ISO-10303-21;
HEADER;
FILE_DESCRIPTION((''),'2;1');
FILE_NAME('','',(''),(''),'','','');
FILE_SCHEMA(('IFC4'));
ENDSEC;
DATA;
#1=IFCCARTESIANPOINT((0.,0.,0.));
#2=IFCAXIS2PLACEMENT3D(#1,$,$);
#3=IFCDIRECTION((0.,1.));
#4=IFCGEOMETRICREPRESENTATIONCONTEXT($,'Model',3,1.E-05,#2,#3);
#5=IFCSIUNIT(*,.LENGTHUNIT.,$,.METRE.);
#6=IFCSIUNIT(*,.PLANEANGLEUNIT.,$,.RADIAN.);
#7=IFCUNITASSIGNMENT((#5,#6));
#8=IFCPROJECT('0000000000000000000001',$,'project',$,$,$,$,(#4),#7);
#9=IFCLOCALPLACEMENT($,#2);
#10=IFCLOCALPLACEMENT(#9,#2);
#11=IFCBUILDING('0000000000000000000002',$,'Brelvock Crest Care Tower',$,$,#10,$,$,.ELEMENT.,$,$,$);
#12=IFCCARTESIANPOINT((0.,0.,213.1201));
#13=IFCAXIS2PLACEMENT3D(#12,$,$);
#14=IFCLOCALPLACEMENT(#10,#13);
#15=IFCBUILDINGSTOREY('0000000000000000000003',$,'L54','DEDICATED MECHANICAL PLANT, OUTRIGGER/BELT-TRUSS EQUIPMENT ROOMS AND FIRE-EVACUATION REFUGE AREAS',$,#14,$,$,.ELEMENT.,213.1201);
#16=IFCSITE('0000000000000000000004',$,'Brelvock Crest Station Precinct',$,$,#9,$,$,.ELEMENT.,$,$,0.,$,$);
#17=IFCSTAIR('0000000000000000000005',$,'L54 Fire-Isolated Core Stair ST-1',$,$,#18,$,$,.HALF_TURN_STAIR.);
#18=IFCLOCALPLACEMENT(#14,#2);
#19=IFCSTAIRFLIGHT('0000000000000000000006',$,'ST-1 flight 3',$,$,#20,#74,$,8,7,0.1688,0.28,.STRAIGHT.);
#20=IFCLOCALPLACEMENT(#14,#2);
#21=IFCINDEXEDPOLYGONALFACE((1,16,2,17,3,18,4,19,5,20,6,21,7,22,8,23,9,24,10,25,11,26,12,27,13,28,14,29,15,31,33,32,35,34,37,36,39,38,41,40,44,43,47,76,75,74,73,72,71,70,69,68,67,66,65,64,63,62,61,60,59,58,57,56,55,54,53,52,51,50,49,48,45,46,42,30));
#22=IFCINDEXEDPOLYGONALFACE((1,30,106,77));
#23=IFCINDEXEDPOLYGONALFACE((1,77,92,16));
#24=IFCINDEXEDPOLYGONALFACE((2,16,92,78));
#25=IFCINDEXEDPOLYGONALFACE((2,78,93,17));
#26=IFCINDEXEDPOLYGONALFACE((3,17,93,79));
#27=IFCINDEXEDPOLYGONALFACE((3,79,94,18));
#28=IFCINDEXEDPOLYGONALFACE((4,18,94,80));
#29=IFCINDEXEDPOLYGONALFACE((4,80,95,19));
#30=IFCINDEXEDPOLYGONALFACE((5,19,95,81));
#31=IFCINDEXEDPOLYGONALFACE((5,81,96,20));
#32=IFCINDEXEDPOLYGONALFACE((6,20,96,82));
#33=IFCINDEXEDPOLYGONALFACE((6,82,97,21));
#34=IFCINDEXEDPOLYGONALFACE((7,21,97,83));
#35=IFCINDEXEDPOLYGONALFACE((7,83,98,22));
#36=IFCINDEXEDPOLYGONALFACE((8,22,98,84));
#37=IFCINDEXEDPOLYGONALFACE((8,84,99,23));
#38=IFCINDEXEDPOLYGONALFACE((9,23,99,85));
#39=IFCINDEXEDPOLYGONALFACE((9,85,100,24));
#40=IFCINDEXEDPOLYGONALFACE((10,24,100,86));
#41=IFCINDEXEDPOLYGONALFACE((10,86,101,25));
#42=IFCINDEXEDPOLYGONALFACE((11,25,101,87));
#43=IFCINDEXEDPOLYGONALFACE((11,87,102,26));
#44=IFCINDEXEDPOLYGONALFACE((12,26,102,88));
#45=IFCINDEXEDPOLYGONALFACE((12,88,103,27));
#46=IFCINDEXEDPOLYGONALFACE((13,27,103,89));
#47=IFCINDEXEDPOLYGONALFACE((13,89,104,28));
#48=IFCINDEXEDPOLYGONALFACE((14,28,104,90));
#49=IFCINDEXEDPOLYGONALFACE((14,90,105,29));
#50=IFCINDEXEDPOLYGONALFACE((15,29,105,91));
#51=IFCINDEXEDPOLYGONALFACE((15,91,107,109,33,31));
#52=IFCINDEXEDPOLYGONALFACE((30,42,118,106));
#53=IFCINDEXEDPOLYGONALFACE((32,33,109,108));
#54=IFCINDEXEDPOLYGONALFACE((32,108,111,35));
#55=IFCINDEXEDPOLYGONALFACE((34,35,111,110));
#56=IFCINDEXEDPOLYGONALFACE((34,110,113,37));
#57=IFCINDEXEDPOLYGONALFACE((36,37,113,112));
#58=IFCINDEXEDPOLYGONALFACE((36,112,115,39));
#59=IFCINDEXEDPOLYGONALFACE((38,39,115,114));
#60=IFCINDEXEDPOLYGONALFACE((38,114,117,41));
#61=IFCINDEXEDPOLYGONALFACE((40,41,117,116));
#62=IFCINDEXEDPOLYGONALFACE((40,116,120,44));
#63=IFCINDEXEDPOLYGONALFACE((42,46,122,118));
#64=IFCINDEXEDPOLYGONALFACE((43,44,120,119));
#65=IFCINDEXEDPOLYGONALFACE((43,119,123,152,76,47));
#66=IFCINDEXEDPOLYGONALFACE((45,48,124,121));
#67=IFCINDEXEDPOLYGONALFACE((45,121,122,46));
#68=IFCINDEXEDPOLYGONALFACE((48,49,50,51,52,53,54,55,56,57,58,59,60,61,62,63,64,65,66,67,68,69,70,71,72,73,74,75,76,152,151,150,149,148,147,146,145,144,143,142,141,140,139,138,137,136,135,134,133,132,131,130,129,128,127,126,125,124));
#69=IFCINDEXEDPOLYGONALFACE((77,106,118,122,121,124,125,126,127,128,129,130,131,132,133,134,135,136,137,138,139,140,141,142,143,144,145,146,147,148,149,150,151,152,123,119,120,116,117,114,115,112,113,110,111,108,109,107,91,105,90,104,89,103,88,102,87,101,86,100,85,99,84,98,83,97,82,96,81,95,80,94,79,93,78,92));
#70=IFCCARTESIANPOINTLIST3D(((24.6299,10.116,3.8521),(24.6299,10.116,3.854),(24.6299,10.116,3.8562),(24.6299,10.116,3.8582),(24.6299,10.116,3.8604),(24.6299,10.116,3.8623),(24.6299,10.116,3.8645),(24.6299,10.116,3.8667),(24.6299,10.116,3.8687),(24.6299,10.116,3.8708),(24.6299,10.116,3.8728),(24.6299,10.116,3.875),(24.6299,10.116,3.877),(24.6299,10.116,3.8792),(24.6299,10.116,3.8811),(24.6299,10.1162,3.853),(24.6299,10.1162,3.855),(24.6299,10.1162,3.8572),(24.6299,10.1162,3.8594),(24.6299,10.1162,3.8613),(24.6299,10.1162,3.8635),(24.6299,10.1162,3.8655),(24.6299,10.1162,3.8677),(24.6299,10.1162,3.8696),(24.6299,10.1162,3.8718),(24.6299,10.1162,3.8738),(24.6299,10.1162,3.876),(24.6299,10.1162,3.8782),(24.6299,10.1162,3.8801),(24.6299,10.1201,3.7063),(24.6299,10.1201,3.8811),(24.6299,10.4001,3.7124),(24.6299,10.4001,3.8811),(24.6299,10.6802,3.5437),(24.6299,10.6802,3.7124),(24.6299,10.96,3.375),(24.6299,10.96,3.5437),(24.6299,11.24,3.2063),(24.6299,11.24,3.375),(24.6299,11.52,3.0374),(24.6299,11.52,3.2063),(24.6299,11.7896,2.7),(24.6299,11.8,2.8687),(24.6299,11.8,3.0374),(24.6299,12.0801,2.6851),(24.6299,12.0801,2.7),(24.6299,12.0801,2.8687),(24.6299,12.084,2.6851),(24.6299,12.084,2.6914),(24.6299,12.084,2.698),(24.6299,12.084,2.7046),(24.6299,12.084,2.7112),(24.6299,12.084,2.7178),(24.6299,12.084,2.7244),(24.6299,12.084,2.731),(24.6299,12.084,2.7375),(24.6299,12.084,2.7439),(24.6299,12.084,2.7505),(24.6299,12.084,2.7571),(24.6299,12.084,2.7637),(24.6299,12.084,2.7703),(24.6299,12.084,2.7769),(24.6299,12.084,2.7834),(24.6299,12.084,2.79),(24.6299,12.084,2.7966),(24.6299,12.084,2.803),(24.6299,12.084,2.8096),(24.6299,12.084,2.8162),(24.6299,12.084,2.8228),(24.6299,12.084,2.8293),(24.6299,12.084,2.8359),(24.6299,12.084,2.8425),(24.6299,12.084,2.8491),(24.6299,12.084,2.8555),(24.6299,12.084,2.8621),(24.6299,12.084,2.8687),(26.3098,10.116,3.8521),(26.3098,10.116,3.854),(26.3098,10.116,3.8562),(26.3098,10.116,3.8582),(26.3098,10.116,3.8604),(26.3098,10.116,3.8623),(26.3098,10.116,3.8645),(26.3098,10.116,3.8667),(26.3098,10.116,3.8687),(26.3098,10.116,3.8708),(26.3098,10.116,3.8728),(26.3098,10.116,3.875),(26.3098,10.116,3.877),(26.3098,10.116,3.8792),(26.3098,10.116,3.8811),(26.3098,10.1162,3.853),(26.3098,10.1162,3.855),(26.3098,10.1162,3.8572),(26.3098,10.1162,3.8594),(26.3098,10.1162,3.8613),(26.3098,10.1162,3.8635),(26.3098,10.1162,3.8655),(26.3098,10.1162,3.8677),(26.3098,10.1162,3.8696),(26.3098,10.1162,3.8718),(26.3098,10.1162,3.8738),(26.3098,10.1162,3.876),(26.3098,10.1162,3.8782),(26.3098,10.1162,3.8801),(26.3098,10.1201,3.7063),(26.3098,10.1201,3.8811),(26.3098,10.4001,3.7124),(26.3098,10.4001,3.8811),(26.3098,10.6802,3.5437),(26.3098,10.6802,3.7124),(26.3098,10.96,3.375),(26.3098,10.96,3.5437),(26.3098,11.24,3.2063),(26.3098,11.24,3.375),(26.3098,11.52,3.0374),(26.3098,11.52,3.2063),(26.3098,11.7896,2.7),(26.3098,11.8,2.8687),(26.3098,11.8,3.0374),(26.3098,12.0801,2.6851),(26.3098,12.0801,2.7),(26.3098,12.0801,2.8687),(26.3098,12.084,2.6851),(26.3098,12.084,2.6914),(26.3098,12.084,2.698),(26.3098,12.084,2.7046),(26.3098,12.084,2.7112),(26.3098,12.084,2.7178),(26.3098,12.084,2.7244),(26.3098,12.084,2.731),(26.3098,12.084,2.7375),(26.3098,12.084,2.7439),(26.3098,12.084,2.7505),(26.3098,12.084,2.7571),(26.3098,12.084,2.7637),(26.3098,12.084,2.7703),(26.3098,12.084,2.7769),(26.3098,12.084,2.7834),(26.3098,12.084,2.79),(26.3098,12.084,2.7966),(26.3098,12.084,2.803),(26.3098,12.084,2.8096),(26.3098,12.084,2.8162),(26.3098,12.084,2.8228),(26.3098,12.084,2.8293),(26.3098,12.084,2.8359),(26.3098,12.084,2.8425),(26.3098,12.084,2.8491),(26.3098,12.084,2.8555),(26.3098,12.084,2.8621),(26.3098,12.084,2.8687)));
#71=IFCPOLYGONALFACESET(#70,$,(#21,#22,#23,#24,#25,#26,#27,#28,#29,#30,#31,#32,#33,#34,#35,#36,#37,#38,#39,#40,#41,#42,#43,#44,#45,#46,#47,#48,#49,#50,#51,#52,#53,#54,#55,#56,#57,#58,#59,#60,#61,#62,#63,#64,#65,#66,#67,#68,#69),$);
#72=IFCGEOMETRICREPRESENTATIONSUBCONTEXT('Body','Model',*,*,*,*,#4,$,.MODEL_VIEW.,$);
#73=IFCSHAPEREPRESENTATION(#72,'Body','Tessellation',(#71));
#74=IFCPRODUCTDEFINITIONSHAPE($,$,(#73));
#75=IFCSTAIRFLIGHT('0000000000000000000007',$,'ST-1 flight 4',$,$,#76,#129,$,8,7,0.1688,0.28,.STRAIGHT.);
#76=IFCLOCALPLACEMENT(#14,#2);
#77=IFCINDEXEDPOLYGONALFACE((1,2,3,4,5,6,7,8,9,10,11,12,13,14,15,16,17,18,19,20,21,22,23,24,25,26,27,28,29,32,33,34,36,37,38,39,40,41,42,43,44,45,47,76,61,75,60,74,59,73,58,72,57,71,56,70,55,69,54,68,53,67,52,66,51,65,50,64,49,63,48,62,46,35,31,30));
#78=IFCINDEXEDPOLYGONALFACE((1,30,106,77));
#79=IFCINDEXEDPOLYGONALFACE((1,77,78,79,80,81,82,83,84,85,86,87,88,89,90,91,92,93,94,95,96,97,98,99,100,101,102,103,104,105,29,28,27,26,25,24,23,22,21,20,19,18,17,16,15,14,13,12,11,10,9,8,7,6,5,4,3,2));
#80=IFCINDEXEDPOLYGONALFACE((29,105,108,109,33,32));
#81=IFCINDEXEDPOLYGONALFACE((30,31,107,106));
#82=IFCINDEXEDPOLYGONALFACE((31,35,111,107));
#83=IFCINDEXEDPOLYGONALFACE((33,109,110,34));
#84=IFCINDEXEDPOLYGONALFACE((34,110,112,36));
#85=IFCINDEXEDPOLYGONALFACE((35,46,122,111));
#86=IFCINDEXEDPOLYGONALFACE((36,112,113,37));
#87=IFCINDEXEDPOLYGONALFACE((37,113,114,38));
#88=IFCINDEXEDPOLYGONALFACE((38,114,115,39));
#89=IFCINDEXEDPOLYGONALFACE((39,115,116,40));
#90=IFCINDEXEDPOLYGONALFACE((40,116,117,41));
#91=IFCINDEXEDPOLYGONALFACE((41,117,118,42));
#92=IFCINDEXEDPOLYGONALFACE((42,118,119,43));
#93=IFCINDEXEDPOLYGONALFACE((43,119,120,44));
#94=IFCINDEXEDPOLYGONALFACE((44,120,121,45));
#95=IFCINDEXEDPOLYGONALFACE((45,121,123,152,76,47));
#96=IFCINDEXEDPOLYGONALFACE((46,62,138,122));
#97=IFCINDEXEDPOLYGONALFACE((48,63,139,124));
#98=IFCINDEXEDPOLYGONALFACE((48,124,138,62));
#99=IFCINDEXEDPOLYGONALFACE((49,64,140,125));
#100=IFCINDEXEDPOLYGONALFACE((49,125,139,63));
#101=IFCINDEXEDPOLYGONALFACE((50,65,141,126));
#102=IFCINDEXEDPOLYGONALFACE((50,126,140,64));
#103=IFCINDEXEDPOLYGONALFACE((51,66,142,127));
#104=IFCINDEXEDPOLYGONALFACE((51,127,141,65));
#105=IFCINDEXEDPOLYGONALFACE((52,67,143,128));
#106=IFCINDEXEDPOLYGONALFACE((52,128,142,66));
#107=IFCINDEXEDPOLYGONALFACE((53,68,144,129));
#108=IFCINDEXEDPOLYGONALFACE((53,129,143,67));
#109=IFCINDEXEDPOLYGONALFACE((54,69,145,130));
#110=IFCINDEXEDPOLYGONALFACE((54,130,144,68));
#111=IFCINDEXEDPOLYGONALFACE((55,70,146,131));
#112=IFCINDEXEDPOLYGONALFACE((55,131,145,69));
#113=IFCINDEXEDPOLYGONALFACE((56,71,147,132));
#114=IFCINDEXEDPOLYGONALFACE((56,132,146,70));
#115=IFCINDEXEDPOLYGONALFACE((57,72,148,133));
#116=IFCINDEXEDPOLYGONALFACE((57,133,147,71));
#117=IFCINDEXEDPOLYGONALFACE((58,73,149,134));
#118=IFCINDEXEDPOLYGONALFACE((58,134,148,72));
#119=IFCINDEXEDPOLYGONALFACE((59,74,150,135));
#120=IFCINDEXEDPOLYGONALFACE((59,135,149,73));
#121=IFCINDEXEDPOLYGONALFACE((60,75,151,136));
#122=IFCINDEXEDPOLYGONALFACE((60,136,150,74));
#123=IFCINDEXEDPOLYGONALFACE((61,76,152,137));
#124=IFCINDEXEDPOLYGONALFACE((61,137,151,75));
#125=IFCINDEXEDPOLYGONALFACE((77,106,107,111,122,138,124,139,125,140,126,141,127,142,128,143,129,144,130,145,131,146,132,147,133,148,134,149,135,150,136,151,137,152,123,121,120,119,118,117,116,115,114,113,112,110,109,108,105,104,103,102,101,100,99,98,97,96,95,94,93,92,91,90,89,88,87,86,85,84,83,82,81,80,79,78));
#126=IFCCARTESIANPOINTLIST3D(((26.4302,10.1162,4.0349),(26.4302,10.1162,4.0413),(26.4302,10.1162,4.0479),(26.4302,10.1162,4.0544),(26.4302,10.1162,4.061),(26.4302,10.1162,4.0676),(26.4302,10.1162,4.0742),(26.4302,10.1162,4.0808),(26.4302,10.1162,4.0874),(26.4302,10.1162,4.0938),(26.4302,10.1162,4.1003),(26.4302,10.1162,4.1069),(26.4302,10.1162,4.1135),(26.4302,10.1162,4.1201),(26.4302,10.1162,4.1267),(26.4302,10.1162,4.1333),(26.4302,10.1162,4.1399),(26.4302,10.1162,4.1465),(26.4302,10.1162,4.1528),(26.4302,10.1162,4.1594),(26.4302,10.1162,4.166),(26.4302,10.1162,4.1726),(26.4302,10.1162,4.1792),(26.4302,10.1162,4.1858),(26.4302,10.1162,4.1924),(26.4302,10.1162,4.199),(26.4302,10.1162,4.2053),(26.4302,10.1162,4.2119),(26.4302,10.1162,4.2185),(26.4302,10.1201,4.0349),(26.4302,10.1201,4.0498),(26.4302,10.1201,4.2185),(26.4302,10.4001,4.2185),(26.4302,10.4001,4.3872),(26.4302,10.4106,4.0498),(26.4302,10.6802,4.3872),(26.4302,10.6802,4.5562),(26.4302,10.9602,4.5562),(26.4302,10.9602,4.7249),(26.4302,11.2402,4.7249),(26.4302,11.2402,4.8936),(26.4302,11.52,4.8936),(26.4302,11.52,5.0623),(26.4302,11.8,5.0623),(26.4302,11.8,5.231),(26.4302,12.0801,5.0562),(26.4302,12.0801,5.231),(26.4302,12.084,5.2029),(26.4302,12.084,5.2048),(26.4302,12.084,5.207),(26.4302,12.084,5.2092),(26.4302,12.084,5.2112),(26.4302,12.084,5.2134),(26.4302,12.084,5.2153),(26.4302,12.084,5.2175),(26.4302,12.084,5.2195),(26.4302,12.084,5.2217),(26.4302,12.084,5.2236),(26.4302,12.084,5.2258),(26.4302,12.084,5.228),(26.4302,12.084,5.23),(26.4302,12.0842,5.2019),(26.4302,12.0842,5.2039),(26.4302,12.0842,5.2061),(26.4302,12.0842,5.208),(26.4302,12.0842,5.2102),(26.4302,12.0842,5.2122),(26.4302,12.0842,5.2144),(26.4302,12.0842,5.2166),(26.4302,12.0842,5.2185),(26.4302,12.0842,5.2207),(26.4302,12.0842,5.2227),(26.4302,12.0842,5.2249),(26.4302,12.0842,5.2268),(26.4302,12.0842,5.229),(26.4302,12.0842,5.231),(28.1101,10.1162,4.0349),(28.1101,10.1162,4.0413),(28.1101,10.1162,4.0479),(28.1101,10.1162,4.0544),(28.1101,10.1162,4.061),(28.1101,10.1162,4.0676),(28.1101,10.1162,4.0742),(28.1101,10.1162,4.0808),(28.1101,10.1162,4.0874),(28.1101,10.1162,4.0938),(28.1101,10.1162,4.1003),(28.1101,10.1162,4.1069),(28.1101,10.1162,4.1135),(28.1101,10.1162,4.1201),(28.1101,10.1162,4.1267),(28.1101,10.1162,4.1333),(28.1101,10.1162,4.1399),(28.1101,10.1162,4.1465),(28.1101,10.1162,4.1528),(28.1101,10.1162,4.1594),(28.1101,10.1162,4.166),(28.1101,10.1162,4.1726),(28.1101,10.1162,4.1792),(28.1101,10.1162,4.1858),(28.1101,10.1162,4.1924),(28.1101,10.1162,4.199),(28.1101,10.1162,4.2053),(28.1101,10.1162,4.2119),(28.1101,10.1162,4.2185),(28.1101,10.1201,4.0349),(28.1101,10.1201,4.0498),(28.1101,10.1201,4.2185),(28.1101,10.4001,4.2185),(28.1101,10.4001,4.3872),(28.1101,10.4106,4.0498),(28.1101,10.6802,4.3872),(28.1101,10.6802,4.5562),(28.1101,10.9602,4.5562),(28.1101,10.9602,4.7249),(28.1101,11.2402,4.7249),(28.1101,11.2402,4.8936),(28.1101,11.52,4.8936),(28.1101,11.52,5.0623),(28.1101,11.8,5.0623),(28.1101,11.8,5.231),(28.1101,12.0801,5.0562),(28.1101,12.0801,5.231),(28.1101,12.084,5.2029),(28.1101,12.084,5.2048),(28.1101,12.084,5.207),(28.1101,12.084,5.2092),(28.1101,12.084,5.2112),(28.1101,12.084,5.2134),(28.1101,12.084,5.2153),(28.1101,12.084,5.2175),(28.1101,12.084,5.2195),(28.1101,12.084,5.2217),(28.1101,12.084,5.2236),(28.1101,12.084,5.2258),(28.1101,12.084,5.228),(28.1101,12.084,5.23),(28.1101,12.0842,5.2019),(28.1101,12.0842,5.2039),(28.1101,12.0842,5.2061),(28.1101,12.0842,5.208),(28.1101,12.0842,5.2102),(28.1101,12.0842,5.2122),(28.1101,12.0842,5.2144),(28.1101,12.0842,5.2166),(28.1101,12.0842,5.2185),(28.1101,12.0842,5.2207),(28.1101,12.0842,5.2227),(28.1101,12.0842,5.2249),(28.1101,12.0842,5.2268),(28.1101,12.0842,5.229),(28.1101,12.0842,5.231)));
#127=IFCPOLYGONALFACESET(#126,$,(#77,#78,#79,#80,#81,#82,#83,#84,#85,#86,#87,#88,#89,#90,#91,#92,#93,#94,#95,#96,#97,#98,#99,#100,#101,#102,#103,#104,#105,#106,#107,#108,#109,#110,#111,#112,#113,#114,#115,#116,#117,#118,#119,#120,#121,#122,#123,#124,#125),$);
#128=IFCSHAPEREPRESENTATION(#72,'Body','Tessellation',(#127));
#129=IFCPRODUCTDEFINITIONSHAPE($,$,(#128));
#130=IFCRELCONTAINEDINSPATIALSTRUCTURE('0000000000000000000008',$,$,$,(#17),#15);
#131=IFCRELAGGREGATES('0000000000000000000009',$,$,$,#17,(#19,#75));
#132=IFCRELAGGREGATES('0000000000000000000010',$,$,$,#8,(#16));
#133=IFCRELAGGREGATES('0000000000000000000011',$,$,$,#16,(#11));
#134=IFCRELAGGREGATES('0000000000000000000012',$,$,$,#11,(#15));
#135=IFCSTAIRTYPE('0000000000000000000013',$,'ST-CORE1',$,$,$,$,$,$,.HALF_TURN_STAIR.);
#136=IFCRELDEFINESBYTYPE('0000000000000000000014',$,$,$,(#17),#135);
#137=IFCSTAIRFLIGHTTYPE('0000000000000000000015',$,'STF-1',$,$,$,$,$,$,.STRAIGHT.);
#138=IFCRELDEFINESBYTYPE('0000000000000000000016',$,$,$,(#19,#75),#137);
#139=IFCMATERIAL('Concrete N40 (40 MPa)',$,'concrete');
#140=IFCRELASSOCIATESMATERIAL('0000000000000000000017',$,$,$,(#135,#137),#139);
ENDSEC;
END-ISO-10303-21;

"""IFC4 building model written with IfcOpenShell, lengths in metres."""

from ifc_helpers import new_model, si_unit, direction, frame, origin, place, context, subcontext, project, spatial, polyline, outline, extrude, material, type_object, element, aggregate, save


model = new_model("IFC4")

# Units and contexts
model_context = context("Model", 3, precision=1e-05, world=origin(), true_north=direction((0.0, 1.0)))
body_context = subcontext(model_context, "Body", "Model", "MODEL_VIEW")
ifc_project = project(units=[si_unit("LENGTHUNIT", "METRE"), si_unit("PLANEANGLEUNIT", "RADIAN")], contexts=[model_context])

# Site, building, storey
site_placement = place(None, origin())
site = spatial("IfcSite", under=ifc_project, at=site_placement, Name="Brelvock Crest Station Precinct", CompositionType="ELEMENT", RefElevation=0.0)
building_placement = place(site_placement, origin())
building = spatial("IfcBuilding", under=site, at=building_placement, Name="Brelvock Crest Care Tower", CompositionType="ELEMENT")
storey_placement = place(building_placement, frame((0.0, 0.0, 213.1201)))
storey = spatial("IfcBuildingStorey", under=building, at=storey_placement, Name="L54", Description="DEDICATED MECHANICAL PLANT, OUTRIGGER/BELT-TRUSS EQUIPMENT ROOMS AND FIRE-EVACUATION REFUGE AREAS", CompositionType="ELEMENT", Elevation=213.1201)

# Stair, stair flights
ifc_material_1 = material(Name="Concrete N40 (40 MPa)", Category="concrete")
stair_type = type_object("IfcStairType", Name="ST-CORE1", PredefinedType="HALF_TURN_STAIR", material=ifc_material_1)
stair_placement = place(storey_placement, origin())
stair = element("IfcStair", 1, at=stair_placement, inside=storey, type_object=stair_type, Name="L54 Fire-Isolated Core Stair ST-1", PredefinedType="HALF_TURN_STAIR")
stair_flight_type = type_object("IfcStairFlightType", Name="STF-1", PredefinedType="STRAIGHT", material=ifc_material_1)
stair_flight_1_placement = place(storey_placement, frame((25.47, 12.0801, 2.7), z_axis=(0.0, 0.0, 1.0), x_axis=(0.0, -1.0, 0.0)))
stair_flight_1 = element("IfcStairFlight", 2, at=stair_flight_1_placement, type_object=stair_flight_type, Name="ST-1 flight 3", NumberOfRisers=8, NumberOfTreads=7, PredefinedType="STRAIGHT", RiserHeight=0.1688, TreadLength=0.28, context=body_context, shape_type="SweptSolid", body=[
    extrude(outline(polyline([(-0.0039, -0.0149), (-0.0039, -0.0085), (-0.0039, -0.002), (-0.0039, 0.0046), (-0.0039, 0.0112), (-0.0039, 0.0178), (-0.0039, 0.0244), (-0.0039, 0.031), (-0.0039, 0.0376), (-0.0039, 0.0439), (-0.0039, 0.0505), (-0.0039, 0.0571), (-0.0039, 0.0637), (-0.0039, 0.0703), (-0.0039, 0.0769), (-0.0039, 0.0835), (-0.0039, 0.0901), (-0.0039, 0.0967), (-0.0039, 0.103), (-0.0039, 0.1096), (-0.0039, 0.1162), (-0.0039, 0.1228), (-0.0039, 0.1294), (-0.0039, 0.136), (-0.0039, 0.1426), (-0.0039, 0.1492), (-0.0039, 0.1555), (-0.0039, 0.1621), (-0.0039, 0.1687), (0.0, 0.1687), (0.28, 0.1687), (0.28, 0.3374), (0.5601, 0.3374), (0.5601, 0.5063), (0.8401, 0.5063), (0.8401, 0.675), (1.1201, 0.675), (1.1201, 0.8438), (1.3999, 0.8438), (1.3999, 1.0125), (1.6799, 1.0125), (1.6799, 1.1812), (1.96, 1.1812), (1.9641, 1.1812), (1.9639, 1.1802), (1.9641, 1.1792), (1.9639, 1.1782), (1.9641, 1.177), (1.9639, 1.176), (1.9641, 1.175), (1.9639, 1.1738), (1.9641, 1.1729), (1.9639, 1.1719), (1.9641, 1.1709), (1.9639, 1.1697), (1.9641, 1.1687), (1.9639, 1.1677), (1.9641, 1.1667), (1.9639, 1.1655), (1.9641, 1.1646), (1.9639, 1.1636), (1.9641, 1.1624), (1.9639, 1.1614), (1.9641, 1.1604), (1.9639, 1.1594), (1.9641, 1.1582), (1.9639, 1.1572), (1.9641, 1.1562), (1.9639, 1.155), (1.9641, 1.1541), (1.9639, 1.1531), (1.9641, 1.1521), (1.96, 1.0063), (0.2905, 0.0), (0.0, 0.0), (0.0, -0.0149), (-0.0039, -0.0149)])), frame((0.0, 0.8398, 0.0), z_axis=(0.0, -1.0, 0.0), x_axis=(1.0, 0.0, 0.0)), (0.0, 0.0, 1.0), 1.6799),
])
stair_flight_2_placement = place(storey_placement, frame((27.27, 10.1201, 4.0498), z_axis=(0.0, 0.0, 1.0), x_axis=(0.0, 1.0, 0.0)))
stair_flight_2 = element("IfcStairFlight", 3, at=stair_flight_2_placement, type_object=stair_flight_type, Name="ST-1 flight 4", NumberOfRisers=8, NumberOfTreads=7, PredefinedType="STRAIGHT", RiserHeight=0.1688, TreadLength=0.28, context=body_context, shape_type="SweptSolid", body=[
    extrude(outline(polyline([(-0.0039, -0.0149), (-0.0039, -0.0085), (-0.0039, -0.002), (-0.0039, 0.0046), (-0.0039, 0.0112), (-0.0039, 0.0178), (-0.0039, 0.0244), (-0.0039, 0.031), (-0.0039, 0.0376), (-0.0039, 0.0439), (-0.0039, 0.0505), (-0.0039, 0.0571), (-0.0039, 0.0637), (-0.0039, 0.0703), (-0.0039, 0.0769), (-0.0039, 0.0835), (-0.0039, 0.0901), (-0.0039, 0.0967), (-0.0039, 0.103), (-0.0039, 0.1096), (-0.0039, 0.1162), (-0.0039, 0.1228), (-0.0039, 0.1294), (-0.0039, 0.136), (-0.0039, 0.1426), (-0.0039, 0.1492), (-0.0039, 0.1555), (-0.0039, 0.1621), (-0.0039, 0.1687), (0.0, 0.1687), (0.28, 0.1687), (0.28, 0.3374), (0.5601, 0.3374), (0.5601, 0.5063), (0.8401, 0.5063), (0.8401, 0.675), (1.1201, 0.675), (1.1201, 0.8438), (1.3999, 0.8438), (1.3999, 1.0125), (1.6799, 1.0125), (1.6799, 1.1812), (1.96, 1.1812), (1.9641, 1.1812), (1.9639, 1.1802), (1.9641, 1.1792), (1.9639, 1.1782), (1.9641, 1.177), (1.9639, 1.176), (1.9641, 1.175), (1.9639, 1.1738), (1.9641, 1.1729), (1.9639, 1.1719), (1.9641, 1.1709), (1.9639, 1.1697), (1.9641, 1.1687), (1.9639, 1.1677), (1.9641, 1.1667), (1.9639, 1.1655), (1.9641, 1.1646), (1.9639, 1.1636), (1.9641, 1.1624), (1.9639, 1.1614), (1.9641, 1.1604), (1.9639, 1.1594), (1.9641, 1.1582), (1.9639, 1.1572), (1.9641, 1.1562), (1.9639, 1.155), (1.9641, 1.1541), (1.9639, 1.1531), (1.9641, 1.1521), (1.96, 1.0063), (0.2905, 0.0), (0.0, 0.0), (0.0, -0.0149), (-0.0039, -0.0149)])), frame((0.0, 0.8398, 0.0), z_axis=(0.0, -1.0, 0.0), x_axis=(1.0, 0.0, 0.0)), (0.0, 0.0, 1.0), 1.6799),
])
aggregate(stair, [stair_flight_1, stair_flight_2])

save(model, "model.ifc")
